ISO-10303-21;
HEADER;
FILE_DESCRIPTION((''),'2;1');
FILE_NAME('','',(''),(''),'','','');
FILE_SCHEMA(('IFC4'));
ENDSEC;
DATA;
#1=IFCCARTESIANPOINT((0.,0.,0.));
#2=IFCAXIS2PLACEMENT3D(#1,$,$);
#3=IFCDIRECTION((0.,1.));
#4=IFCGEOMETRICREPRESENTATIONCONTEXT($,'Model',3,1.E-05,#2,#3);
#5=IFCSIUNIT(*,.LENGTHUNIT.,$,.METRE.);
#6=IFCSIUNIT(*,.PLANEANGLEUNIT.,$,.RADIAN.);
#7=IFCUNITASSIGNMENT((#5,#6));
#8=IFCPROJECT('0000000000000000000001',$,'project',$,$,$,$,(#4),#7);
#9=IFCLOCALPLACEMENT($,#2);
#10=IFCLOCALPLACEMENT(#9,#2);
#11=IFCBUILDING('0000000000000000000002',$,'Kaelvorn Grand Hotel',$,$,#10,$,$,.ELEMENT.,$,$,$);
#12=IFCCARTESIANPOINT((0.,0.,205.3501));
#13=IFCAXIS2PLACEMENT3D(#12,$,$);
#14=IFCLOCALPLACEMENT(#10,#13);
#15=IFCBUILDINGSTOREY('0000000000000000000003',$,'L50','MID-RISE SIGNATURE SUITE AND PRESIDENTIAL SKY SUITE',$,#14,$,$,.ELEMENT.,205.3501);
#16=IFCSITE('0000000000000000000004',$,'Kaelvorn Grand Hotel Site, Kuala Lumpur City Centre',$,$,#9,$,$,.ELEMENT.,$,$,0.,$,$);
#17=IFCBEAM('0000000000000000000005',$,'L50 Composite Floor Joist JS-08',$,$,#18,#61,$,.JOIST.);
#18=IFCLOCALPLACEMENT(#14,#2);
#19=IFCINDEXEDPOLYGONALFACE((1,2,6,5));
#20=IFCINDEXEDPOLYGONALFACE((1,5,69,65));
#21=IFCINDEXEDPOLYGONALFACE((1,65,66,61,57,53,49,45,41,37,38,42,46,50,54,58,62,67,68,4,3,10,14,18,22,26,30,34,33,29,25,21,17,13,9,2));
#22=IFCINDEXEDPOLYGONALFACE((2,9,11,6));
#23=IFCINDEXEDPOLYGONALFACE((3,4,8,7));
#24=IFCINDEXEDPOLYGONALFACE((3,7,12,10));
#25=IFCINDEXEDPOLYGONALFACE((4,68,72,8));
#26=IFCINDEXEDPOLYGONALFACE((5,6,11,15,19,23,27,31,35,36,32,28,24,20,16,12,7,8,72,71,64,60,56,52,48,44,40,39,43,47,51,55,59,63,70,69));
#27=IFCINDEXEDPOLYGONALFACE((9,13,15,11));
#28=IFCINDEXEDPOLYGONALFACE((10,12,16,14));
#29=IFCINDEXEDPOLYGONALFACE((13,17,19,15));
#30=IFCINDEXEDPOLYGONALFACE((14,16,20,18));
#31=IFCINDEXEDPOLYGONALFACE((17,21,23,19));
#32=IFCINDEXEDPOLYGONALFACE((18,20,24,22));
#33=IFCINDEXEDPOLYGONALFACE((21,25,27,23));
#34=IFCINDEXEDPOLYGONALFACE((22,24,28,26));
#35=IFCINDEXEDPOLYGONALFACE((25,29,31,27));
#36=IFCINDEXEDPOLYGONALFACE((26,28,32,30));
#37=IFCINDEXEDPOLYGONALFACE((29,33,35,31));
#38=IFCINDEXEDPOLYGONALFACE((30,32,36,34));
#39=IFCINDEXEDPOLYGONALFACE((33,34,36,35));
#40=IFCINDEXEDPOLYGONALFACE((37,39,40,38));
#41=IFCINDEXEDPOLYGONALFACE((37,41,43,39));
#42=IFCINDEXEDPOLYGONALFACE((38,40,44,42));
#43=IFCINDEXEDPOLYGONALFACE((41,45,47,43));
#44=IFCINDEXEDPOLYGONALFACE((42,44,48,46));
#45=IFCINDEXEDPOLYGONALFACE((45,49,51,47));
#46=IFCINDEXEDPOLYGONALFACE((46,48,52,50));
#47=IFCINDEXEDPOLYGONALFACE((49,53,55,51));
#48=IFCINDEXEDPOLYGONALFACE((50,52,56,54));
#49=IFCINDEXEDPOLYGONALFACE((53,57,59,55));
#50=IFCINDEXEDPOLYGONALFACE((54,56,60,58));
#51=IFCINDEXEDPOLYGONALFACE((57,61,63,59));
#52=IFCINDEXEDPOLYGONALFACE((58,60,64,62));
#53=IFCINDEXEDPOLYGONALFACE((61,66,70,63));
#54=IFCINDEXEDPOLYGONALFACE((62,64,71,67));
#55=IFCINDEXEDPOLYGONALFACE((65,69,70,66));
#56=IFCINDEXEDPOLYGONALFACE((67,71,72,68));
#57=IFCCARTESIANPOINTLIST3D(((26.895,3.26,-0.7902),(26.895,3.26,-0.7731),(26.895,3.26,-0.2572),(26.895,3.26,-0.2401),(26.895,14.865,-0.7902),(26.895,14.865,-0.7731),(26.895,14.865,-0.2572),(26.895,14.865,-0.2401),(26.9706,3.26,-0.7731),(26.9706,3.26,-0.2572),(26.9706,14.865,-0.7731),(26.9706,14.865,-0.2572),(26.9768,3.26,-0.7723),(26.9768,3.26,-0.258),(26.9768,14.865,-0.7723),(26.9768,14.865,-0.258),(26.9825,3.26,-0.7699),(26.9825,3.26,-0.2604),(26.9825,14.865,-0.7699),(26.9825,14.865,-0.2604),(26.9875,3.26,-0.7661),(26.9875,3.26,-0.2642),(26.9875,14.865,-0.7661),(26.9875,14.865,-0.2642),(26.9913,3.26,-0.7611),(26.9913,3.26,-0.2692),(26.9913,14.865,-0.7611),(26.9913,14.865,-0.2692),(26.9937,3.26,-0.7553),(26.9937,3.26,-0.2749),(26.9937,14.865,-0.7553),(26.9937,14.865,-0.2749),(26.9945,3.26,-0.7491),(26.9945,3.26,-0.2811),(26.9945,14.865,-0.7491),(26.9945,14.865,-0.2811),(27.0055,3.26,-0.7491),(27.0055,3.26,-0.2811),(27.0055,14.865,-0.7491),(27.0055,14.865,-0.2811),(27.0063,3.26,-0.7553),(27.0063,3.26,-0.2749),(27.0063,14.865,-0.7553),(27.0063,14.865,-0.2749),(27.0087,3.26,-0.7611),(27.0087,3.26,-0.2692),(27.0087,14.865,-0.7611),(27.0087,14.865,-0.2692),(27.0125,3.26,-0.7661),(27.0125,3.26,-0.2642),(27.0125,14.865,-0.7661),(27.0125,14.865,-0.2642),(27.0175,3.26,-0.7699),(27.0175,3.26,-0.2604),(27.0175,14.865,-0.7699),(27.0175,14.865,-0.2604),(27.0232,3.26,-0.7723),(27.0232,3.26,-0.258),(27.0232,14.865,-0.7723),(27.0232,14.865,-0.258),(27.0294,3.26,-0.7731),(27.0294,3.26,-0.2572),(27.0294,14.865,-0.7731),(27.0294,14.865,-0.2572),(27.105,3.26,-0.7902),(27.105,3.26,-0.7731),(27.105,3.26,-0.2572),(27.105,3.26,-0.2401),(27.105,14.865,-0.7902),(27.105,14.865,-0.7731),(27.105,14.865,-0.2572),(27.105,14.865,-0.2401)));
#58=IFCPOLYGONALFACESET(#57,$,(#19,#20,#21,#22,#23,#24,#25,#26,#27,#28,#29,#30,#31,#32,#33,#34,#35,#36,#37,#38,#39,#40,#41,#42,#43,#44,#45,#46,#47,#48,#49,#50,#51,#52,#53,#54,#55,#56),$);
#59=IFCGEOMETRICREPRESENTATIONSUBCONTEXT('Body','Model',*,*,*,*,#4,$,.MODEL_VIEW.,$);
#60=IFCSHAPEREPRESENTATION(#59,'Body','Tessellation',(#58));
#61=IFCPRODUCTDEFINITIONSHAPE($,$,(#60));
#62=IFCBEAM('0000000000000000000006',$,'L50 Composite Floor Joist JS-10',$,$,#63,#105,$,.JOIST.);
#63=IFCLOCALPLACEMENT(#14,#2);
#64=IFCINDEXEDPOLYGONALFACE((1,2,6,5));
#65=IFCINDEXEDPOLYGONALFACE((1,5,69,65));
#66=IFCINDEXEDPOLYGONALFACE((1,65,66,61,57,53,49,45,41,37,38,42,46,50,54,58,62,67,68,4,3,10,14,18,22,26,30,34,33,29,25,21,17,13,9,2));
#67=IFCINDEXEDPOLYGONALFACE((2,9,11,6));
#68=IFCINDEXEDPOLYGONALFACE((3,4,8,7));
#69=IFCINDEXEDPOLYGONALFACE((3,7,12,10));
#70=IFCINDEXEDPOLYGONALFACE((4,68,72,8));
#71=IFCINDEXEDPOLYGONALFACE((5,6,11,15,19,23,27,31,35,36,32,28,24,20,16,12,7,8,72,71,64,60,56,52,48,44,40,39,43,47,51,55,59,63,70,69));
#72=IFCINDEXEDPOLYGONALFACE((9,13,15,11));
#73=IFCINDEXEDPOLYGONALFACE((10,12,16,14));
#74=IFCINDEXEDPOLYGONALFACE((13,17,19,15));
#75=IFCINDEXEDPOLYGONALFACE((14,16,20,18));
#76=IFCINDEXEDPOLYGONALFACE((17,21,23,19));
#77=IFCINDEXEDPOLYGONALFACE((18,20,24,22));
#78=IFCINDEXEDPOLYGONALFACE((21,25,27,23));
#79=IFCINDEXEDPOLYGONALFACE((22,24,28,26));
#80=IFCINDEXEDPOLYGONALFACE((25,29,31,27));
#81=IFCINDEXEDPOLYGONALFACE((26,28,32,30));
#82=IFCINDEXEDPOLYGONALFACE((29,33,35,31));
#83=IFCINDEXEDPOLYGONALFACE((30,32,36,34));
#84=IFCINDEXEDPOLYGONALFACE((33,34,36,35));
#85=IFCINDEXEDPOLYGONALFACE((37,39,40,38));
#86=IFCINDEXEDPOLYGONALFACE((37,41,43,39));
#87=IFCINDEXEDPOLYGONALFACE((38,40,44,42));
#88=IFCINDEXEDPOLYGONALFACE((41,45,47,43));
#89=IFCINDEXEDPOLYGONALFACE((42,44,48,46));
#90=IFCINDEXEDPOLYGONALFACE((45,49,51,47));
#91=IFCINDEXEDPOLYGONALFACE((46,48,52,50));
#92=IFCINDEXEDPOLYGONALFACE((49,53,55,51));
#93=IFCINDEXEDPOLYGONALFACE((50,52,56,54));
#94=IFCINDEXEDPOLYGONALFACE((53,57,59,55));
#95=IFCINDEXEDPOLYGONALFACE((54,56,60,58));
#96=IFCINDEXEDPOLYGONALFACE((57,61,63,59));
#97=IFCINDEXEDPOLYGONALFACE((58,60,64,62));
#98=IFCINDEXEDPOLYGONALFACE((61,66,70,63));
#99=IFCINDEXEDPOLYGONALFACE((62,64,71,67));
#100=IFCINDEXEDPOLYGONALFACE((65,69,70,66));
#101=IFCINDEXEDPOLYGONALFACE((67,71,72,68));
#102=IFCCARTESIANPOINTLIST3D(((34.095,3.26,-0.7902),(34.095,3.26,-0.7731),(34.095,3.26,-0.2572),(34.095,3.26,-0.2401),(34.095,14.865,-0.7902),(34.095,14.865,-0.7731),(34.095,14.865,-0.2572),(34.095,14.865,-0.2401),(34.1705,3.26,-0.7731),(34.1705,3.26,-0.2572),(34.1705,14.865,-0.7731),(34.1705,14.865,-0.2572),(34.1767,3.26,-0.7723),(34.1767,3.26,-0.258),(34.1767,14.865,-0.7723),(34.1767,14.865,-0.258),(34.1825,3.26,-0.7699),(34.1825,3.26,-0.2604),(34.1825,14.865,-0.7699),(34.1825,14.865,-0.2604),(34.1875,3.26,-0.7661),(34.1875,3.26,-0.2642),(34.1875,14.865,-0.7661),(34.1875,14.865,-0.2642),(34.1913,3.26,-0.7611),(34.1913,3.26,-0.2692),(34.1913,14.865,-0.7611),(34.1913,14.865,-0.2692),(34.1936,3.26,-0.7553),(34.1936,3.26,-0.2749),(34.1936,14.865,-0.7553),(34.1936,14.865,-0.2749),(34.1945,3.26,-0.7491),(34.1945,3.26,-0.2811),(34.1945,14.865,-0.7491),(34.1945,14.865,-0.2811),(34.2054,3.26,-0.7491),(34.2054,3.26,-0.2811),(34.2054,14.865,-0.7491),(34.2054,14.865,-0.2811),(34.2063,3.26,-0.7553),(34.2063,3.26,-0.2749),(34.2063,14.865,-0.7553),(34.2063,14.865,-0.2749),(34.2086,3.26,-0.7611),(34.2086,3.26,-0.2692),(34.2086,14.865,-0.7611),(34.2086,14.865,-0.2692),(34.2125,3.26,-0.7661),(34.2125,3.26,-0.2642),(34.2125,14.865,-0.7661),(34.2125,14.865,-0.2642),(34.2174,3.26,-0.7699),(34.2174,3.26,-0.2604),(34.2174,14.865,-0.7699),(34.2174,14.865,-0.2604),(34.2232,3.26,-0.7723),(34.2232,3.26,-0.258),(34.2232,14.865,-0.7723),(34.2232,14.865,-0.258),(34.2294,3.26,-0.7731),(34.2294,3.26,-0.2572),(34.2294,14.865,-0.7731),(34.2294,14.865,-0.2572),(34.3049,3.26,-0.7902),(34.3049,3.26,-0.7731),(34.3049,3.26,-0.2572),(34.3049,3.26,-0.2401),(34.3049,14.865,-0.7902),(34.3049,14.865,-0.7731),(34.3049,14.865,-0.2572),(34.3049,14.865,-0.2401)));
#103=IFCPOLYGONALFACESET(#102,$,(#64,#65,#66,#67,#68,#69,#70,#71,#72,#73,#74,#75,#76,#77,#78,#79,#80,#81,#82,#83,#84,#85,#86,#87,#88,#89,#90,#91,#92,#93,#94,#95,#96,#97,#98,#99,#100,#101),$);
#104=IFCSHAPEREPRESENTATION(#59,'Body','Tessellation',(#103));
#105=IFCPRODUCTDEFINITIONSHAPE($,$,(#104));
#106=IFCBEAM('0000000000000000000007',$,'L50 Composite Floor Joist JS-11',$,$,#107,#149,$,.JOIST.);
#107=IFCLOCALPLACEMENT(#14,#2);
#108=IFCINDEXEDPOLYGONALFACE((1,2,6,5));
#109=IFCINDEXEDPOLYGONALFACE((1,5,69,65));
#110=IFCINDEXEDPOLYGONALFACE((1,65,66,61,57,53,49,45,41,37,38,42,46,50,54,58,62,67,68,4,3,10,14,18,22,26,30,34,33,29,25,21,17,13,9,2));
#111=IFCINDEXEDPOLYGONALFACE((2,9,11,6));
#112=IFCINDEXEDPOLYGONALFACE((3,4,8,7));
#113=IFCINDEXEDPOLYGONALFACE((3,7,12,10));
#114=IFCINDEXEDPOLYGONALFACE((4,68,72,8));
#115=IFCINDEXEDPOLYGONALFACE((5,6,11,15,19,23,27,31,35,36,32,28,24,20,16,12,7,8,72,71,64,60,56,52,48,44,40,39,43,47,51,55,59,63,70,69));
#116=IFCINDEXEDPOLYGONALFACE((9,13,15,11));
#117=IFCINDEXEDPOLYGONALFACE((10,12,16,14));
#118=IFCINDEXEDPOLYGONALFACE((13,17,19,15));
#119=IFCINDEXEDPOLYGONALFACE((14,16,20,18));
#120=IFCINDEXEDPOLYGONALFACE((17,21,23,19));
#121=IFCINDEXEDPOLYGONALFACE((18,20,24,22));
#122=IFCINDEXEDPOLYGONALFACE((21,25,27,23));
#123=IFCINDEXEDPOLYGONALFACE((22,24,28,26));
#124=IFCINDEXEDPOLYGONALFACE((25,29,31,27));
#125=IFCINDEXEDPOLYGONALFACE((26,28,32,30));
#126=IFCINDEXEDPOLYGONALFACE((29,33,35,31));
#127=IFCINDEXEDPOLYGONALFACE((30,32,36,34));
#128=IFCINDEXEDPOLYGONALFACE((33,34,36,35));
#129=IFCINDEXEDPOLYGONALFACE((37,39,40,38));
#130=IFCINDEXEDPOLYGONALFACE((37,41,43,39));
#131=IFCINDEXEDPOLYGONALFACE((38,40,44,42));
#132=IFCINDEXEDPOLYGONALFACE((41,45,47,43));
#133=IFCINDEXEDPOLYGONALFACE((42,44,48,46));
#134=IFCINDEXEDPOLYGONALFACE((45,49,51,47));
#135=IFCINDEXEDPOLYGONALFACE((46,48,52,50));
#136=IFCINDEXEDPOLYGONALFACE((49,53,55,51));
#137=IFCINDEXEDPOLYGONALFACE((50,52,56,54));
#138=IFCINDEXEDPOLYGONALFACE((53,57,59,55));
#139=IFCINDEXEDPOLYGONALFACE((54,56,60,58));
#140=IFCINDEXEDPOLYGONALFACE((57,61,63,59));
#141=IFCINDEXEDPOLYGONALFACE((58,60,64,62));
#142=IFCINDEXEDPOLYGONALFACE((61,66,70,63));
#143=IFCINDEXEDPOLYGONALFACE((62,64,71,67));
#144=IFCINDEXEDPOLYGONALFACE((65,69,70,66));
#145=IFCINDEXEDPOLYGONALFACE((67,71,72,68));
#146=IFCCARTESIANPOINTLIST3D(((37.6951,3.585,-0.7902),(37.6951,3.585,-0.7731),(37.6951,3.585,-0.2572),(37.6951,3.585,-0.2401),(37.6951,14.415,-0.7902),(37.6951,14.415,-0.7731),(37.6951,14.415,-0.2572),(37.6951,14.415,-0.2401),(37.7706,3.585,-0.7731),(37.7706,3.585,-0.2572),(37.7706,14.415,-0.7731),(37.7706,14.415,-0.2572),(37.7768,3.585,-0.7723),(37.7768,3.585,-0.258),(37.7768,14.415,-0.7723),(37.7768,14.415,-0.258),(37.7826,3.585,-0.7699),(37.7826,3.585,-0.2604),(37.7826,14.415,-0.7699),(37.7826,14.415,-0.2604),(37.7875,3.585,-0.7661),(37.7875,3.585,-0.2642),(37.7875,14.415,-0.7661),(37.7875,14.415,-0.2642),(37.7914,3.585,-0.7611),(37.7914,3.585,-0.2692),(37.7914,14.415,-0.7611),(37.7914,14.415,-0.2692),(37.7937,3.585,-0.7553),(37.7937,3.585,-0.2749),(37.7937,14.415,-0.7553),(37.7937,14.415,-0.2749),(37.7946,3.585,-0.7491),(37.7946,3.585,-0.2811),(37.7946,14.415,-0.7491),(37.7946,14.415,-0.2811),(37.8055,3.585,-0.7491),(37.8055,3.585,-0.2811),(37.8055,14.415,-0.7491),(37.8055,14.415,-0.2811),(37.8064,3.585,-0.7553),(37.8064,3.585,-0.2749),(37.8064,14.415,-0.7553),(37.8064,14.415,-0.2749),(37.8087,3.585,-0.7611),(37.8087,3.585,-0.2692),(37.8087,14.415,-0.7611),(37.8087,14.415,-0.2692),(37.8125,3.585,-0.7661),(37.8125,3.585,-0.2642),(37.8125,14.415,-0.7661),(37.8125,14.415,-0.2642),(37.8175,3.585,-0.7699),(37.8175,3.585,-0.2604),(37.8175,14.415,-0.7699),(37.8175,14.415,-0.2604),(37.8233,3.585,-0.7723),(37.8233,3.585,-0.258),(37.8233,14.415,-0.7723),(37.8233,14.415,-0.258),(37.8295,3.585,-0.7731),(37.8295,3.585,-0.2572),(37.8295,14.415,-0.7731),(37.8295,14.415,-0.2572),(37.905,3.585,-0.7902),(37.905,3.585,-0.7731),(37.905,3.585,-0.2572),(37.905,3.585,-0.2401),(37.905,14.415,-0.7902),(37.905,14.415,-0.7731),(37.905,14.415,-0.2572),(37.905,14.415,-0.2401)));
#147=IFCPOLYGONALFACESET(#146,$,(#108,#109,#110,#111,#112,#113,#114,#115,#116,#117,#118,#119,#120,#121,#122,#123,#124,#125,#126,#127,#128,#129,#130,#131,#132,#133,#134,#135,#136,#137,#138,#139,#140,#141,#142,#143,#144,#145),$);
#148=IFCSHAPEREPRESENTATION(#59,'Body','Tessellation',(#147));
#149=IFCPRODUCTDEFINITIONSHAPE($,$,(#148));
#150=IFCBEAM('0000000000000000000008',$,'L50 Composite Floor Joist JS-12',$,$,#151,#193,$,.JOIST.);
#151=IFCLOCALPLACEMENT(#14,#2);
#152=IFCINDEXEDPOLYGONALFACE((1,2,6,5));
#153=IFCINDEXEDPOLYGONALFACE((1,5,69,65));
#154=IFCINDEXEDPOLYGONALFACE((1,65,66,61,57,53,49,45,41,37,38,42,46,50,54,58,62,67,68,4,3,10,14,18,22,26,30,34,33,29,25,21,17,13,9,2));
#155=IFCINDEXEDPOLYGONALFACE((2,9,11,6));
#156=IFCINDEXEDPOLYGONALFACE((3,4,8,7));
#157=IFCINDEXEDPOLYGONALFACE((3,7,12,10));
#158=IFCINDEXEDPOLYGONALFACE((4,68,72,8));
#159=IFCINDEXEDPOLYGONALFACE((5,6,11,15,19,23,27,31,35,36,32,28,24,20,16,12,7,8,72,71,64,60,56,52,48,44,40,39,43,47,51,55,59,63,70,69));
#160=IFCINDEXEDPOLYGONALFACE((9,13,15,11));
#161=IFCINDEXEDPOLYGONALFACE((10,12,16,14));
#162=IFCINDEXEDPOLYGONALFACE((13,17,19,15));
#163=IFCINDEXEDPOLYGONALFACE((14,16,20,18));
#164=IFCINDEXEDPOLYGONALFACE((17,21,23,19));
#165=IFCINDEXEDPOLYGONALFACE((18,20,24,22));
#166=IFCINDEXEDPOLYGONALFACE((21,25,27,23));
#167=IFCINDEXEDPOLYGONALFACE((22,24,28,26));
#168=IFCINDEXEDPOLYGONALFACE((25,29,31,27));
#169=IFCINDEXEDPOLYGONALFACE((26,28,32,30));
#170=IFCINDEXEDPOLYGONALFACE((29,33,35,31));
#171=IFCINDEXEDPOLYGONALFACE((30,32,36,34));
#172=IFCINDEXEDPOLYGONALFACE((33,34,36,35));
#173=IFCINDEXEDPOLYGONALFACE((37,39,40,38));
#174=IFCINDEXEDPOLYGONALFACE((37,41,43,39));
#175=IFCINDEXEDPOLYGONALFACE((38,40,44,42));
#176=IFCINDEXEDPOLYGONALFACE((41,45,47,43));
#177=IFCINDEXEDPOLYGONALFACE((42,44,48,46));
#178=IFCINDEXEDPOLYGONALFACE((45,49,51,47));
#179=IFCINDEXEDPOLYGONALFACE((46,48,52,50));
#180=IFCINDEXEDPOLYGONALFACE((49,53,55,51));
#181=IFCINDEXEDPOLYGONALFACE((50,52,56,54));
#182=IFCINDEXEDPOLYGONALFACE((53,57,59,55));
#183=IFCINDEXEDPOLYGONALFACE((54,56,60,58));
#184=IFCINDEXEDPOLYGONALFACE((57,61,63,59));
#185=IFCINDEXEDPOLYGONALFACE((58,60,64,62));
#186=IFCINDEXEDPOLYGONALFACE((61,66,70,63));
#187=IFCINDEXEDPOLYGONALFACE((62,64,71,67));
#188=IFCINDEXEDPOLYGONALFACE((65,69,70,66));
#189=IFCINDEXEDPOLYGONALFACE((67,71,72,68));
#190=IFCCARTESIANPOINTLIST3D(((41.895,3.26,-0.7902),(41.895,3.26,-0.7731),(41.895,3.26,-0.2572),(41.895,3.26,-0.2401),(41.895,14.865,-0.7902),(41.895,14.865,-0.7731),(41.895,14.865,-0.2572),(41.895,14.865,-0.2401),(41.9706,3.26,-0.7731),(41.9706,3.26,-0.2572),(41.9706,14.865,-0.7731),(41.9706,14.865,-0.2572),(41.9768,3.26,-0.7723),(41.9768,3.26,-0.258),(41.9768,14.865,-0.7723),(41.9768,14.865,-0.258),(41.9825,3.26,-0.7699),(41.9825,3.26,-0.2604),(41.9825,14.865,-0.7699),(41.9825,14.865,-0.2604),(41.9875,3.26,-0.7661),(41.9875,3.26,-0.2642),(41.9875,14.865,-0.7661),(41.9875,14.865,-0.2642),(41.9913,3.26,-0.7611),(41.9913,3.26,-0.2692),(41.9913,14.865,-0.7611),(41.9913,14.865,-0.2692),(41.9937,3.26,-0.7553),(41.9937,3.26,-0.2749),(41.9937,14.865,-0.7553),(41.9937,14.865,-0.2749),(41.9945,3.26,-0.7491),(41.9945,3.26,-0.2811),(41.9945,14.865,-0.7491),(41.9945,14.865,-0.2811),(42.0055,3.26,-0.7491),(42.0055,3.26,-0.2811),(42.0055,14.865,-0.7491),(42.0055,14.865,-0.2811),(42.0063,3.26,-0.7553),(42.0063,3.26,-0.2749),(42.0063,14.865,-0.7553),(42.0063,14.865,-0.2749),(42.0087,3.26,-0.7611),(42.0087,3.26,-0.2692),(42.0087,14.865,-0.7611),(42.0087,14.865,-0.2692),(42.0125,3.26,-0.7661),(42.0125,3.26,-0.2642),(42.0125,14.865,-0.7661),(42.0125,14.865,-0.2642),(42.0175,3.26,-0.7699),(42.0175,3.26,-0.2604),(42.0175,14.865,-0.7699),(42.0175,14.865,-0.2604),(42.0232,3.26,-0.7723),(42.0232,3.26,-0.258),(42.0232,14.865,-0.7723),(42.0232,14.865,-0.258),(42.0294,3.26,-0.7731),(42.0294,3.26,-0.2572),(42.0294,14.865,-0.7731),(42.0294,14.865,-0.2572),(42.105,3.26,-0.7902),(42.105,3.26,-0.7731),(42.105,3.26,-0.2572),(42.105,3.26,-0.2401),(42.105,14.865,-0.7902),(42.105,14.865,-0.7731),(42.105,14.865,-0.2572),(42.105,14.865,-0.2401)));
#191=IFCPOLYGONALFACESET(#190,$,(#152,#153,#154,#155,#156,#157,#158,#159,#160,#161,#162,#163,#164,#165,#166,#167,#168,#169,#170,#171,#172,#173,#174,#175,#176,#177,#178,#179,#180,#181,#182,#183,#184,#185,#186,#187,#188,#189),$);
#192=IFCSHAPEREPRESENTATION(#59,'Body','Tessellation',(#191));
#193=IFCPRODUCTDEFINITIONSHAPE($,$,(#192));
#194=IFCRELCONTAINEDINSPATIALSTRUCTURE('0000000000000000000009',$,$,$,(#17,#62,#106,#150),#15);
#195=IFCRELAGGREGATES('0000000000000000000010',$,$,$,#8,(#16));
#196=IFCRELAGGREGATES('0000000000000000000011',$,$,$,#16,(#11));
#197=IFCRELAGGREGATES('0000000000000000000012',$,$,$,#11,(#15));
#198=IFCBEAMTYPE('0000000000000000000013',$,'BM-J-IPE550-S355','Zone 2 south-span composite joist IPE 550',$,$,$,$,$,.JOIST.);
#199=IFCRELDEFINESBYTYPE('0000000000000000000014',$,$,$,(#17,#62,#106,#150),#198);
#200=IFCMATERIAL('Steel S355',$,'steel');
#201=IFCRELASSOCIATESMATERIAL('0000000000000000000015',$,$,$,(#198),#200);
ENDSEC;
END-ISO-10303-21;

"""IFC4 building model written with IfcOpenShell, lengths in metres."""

from ifc_helpers import new_model, si_unit, direction, frame, origin, origin_2d, place, context, subcontext, project, spatial, i_section, extrude, material, material_profile, profile_set, type_object, element, save


model = new_model("IFC4")

# Units and contexts
model_context = context("Model", 3, precision=1e-05, world=origin(), true_north=direction((0.0, 1.0)))
body_context = subcontext(model_context, "Body", "Model", "MODEL_VIEW")
ifc_project = project(units=[si_unit("LENGTHUNIT", "METRE"), si_unit("PLANEANGLEUNIT", "RADIAN")], contexts=[model_context])

# Site, building, storey
site_placement = place(None, origin())
site = spatial("IfcSite", under=ifc_project, at=site_placement, Name="Kaelvorn Grand Hotel Site, Kuala Lumpur City Centre", CompositionType="ELEMENT", RefElevation=0.0)
building_placement = place(site_placement, origin())
building = spatial("IfcBuilding", under=site, at=building_placement, Name="Kaelvorn Grand Hotel", CompositionType="ELEMENT")
storey_placement = place(building_placement, frame((0.0, 0.0, 205.3501)))
storey = spatial("IfcBuildingStorey", under=building, at=storey_placement, Name="L50", Description="MID-RISE SIGNATURE SUITE AND PRESIDENTIAL SKY SUITE", CompositionType="ELEMENT", Elevation=205.3501)

# Beams
ifc_material_1 = material(Name="Steel S355", Category="steel")
ifc_material_profile_1 = material_profile(ifc_material_1, i_section(OverallWidth=0.21, OverallDepth=0.55, WebThickness=0.011, FlangeThickness=0.0171, FilletRadius=0.0239, at=origin_2d()), Name="IPE 550")
ifc_profile_set_1 = profile_set([ifc_material_profile_1], Name="Steel S355")
beam_type_1 = type_object("IfcBeamType", Name="BM-J-IPE550-S355", Description="Zone 2 south-span composite joist IPE 550", PredefinedType="JOIST", material=ifc_profile_set_1)
for number, where, z_axis, x_axis, name in (
    (1, (27.0, 3.26, -0.5151), (0.0, 1.0, 0.0), (-1.0, 0.0, 0.0), "L50 Composite Floor Joist JS-08"),
    (2, (34.2, 3.26, -0.5151), (0.0, 1.0, 0.0), (-1.0, 0.0, 0.0), "L50 Composite Floor Joist JS-10"),
):
    element("IfcBeam", number, at=place(storey_placement, frame(where, z_axis=z_axis, x_axis=x_axis)), inside=storey, type_object=beam_type_1, Name=name, PredefinedType="JOIST", context=body_context, shape_type="SweptSolid", body=[
        extrude(i_section(OverallWidth=0.21, OverallDepth=0.55, WebThickness=0.011, FlangeThickness=0.0171, FilletRadius=0.0239, at=origin_2d()), origin(), (0.0, 0.0, 1.0), 11.605),
    ])
beam_1_placement = place(storey_placement, frame((37.8, 3.585, -0.5151), z_axis=(0.0, 1.0, 0.0), x_axis=(-1.0, 0.0, 0.0)))
element("IfcBeam", 3, at=beam_1_placement, inside=storey, type_object=beam_type_1, Name="L50 Composite Floor Joist JS-11", PredefinedType="JOIST", context=body_context, shape_type="SweptSolid", body=[
    extrude(i_section(OverallWidth=0.21, OverallDepth=0.55, WebThickness=0.011, FlangeThickness=0.0171, FilletRadius=0.0239, at=origin_2d()), origin(), (0.0, 0.0, 1.0), 10.8301),
])
beam_2_placement = place(storey_placement, frame((42.0, 3.26, -0.5151), z_axis=(0.0, 1.0, 0.0), x_axis=(-1.0, 0.0, 0.0)))
element("IfcBeam", 4, at=beam_2_placement, inside=storey, type_object=beam_type_1, Name="L50 Composite Floor Joist JS-12", PredefinedType="JOIST", context=body_context, shape_type="SweptSolid", body=[
    extrude(i_section(OverallWidth=0.21, OverallDepth=0.55, WebThickness=0.011, FlangeThickness=0.0171, FilletRadius=0.0239, at=origin_2d()), origin(), (0.0, 0.0, 1.0), 11.605),
])

save(model, "model.ifc")
